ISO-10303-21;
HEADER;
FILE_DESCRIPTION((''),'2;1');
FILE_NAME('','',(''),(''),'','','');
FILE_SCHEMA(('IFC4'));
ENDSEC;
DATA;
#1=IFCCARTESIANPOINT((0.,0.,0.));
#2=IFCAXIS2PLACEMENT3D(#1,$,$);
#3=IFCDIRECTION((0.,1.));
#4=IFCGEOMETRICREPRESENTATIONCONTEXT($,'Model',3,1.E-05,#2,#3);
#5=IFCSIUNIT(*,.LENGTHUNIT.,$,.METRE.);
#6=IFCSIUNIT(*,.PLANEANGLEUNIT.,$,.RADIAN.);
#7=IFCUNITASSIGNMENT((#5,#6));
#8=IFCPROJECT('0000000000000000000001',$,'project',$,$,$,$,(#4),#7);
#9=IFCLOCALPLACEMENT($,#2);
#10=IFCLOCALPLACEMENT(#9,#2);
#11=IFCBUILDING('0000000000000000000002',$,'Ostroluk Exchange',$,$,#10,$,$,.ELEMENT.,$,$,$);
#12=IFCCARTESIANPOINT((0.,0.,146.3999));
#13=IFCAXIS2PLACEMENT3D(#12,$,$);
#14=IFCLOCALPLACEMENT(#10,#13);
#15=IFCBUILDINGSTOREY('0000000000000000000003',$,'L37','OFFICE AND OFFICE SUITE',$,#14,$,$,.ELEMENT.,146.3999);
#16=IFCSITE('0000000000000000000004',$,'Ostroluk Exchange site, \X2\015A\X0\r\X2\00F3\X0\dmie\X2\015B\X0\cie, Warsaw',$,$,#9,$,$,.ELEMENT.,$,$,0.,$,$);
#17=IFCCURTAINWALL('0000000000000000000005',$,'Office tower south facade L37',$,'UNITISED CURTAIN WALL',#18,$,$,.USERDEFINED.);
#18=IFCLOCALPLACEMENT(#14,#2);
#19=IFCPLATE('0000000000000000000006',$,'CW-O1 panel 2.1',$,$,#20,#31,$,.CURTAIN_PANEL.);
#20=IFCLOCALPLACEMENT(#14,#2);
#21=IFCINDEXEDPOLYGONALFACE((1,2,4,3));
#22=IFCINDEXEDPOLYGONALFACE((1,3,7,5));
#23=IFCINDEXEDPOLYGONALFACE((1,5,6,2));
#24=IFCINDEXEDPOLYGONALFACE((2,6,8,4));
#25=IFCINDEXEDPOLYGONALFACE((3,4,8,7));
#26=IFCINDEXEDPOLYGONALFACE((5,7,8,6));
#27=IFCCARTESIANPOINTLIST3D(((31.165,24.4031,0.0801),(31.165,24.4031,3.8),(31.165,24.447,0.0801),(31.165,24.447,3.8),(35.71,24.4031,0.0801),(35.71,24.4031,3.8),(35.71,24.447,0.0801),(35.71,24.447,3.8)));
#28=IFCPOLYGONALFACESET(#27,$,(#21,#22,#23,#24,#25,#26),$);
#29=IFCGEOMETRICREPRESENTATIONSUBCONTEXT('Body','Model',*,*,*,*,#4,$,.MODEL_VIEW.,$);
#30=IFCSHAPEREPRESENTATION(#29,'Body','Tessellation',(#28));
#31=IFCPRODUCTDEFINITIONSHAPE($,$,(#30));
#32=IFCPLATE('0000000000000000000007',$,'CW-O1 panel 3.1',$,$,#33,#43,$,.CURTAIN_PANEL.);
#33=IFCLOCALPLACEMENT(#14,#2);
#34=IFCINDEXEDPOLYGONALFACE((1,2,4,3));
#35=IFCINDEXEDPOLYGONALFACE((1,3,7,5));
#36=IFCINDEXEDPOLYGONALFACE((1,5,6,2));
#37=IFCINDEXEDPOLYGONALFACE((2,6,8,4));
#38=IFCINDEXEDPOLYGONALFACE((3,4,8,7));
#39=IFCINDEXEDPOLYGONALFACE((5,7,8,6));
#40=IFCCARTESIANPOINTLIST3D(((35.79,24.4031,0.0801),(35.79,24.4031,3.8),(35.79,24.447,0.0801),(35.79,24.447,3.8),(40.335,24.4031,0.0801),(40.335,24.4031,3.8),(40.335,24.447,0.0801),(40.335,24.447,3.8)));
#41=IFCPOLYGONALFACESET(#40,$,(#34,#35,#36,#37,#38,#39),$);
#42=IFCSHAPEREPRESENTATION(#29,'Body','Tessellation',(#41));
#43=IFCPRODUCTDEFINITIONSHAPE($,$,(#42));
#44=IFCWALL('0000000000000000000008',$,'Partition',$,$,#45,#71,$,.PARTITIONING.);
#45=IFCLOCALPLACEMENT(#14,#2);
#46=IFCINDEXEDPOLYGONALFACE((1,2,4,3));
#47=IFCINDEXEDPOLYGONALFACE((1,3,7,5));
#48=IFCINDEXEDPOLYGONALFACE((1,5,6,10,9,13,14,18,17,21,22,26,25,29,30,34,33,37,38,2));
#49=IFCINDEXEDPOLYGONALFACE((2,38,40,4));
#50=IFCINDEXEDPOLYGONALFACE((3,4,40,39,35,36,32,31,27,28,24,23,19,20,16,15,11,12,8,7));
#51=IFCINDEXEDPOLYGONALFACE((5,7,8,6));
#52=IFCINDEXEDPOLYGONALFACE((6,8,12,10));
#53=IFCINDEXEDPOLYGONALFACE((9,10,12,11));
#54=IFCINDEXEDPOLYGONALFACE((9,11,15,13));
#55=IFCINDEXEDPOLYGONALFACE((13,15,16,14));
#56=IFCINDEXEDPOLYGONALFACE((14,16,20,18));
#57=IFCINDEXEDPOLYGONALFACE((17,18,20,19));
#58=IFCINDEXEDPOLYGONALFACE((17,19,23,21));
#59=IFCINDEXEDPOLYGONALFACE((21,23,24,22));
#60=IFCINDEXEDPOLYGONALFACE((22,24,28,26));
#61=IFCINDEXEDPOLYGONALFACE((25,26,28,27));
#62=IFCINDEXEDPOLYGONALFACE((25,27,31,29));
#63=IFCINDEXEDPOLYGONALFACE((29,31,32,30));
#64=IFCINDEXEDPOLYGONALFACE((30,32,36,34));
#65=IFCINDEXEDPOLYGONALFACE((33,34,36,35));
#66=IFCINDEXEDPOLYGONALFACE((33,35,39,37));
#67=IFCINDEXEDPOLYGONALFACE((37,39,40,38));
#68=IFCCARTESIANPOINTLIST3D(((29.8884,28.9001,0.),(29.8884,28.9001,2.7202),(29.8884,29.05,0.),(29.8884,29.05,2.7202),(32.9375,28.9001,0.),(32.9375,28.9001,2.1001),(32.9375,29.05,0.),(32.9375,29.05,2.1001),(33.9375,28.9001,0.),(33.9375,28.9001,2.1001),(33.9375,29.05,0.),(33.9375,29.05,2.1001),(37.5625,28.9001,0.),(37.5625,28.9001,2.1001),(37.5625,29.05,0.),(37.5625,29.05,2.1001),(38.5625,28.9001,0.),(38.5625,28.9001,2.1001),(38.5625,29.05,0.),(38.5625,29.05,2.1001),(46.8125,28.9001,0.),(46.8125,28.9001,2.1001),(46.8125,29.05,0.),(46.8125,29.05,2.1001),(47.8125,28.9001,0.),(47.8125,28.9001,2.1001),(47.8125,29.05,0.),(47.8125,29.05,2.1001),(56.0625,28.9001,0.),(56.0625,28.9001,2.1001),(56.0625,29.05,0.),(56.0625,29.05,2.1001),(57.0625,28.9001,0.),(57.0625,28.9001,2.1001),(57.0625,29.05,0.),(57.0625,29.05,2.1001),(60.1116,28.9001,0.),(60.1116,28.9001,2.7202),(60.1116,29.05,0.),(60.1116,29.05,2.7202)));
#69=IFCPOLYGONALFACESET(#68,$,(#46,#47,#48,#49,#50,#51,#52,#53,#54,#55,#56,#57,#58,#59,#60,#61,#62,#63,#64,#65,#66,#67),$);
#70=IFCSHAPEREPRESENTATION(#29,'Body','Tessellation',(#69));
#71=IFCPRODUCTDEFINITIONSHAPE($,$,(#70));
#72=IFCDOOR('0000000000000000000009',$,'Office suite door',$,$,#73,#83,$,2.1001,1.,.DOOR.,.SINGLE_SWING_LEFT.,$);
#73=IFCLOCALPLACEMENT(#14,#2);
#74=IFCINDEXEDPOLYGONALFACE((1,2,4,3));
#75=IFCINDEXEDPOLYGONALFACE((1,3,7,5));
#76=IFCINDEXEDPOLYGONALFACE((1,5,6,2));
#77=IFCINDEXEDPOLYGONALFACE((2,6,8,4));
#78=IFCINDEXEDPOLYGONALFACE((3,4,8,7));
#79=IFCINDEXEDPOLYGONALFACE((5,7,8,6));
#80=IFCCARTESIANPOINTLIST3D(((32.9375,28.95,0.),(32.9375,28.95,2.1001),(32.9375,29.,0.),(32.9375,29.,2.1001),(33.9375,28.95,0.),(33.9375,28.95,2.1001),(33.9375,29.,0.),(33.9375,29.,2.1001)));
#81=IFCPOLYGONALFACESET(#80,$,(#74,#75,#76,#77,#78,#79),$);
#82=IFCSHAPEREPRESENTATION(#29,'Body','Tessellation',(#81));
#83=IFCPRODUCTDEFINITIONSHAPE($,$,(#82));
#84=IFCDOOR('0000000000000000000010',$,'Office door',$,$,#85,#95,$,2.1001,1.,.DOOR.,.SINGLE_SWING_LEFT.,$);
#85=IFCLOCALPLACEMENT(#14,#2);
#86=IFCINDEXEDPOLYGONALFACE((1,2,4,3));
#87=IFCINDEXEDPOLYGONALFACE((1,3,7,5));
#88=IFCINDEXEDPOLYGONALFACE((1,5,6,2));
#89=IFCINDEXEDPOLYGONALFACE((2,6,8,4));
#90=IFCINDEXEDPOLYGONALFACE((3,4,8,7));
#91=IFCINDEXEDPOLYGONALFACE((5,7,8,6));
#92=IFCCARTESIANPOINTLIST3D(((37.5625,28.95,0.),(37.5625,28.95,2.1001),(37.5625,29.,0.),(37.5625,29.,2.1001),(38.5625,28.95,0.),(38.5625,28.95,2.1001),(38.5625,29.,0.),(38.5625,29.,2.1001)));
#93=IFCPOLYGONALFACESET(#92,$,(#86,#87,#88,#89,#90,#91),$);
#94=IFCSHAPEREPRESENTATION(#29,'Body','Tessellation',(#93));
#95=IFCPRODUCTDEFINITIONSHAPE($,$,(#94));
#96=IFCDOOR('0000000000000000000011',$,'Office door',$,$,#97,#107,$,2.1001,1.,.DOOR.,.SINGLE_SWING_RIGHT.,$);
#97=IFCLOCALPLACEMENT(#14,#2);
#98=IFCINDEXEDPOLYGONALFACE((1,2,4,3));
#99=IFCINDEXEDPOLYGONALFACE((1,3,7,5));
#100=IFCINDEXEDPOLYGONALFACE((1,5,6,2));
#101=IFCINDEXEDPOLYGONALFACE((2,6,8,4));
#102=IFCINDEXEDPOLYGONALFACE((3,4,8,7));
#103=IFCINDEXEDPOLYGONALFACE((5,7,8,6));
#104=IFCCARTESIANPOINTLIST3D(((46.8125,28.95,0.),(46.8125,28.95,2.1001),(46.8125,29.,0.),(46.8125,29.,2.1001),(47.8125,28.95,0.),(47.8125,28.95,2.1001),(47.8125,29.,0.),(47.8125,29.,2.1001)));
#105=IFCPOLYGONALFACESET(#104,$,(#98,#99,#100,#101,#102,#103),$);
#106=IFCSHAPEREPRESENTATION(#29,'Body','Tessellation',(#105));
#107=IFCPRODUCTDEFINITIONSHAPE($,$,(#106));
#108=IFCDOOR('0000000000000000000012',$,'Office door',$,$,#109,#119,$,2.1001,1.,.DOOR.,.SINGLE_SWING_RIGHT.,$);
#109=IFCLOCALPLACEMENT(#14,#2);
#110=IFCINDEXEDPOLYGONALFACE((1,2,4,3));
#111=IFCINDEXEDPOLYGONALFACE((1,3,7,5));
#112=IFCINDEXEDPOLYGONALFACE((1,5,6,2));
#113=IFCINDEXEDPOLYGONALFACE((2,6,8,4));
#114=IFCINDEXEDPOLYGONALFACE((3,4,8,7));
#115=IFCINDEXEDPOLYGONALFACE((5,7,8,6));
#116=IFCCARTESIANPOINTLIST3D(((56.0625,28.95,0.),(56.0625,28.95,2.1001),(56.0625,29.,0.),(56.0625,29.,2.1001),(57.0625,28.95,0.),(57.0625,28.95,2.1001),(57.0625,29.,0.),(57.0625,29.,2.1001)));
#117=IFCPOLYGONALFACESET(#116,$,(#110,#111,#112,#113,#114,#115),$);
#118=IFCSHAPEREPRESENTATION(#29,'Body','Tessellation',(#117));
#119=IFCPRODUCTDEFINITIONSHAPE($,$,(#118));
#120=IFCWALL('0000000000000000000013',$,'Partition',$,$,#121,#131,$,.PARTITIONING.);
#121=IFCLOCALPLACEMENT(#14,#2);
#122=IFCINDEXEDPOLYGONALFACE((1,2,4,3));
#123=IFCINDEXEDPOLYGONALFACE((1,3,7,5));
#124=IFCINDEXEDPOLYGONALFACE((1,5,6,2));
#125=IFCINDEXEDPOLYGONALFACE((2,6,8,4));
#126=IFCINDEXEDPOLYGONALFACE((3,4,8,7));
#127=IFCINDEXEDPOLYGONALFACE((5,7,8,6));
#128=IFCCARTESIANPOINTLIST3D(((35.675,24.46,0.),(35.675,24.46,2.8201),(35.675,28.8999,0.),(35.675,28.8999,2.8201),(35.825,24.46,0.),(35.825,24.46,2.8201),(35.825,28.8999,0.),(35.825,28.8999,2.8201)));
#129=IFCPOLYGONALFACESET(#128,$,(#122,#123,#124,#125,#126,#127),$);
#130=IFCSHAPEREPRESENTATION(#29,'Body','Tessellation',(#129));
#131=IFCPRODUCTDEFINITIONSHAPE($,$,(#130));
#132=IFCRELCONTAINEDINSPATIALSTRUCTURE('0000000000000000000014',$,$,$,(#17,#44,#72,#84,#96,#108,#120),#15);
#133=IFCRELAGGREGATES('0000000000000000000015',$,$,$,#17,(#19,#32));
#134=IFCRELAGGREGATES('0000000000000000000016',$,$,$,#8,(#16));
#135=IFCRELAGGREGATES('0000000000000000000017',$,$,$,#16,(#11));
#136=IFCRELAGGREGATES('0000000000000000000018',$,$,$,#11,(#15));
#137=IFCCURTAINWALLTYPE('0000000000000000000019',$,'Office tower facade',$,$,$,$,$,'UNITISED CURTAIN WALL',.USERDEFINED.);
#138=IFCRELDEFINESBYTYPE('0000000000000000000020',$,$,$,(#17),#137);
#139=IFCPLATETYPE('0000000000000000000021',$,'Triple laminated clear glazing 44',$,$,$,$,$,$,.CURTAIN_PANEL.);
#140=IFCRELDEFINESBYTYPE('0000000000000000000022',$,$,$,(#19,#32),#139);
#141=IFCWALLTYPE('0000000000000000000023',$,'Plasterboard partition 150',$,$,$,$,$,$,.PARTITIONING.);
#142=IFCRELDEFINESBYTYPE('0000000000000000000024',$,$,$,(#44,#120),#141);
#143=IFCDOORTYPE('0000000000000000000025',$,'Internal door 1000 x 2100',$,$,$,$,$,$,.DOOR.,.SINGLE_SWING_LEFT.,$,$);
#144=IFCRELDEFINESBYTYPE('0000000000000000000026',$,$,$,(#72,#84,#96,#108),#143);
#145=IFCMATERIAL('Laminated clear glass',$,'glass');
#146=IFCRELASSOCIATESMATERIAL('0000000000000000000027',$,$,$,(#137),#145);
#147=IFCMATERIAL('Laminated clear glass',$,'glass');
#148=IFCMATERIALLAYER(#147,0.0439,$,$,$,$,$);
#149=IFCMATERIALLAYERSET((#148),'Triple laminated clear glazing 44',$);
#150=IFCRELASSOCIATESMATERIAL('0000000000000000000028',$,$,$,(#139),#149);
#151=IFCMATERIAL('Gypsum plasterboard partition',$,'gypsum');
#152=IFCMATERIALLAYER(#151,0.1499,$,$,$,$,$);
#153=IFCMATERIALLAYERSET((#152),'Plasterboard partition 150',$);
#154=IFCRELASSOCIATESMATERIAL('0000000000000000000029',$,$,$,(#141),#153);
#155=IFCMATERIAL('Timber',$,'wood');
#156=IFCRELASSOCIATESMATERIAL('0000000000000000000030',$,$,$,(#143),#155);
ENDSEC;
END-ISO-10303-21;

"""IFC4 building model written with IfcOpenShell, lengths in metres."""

from ifc_helpers import new_model, si_unit, direction, frame, frame_2d, origin, origin_2d, place, context, subcontext, project, spatial, rectangle, extrude, material, layer, layer_set, type_object, element, fill, aggregate, save


model = new_model("IFC4")

# Units and contexts
model_context = context("Model", 3, precision=1e-05, world=origin(), true_north=direction((0.0, 1.0)))
body_context = subcontext(model_context, "Body", "Model", "MODEL_VIEW")
ifc_project = project(units=[si_unit("LENGTHUNIT", "METRE"), si_unit("PLANEANGLEUNIT", "RADIAN")], contexts=[model_context])

# Site, building, storey
site_placement = place(None, origin())
site = spatial("IfcSite", under=ifc_project, at=site_placement, Name="Ostroluk Exchange site, Śródmieście, Warsaw", CompositionType="ELEMENT", RefElevation=0.0)
building_placement = place(site_placement, origin())
building = spatial("IfcBuilding", under=site, at=building_placement, Name="Ostroluk Exchange", CompositionType="ELEMENT")
storey_placement = place(building_placement, frame((0.0, 0.0, 146.3999)))
storey = spatial("IfcBuildingStorey", under=building, at=storey_placement, Name="L37", Description="OFFICE AND OFFICE SUITE", CompositionType="ELEMENT", Elevation=146.3999)

# Curtain wall, plates
ifc_material_1 = material(Name="Laminated clear glass", Category="glass")
curtain_wall_type = type_object("IfcCurtainWallType", Name="Office tower facade", ElementType="UNITISED CURTAIN WALL", PredefinedType="USERDEFINED", material=ifc_material_1)
curtain_wall_placement = place(storey_placement, origin())
curtain_wall = element("IfcCurtainWall", 1, at=curtain_wall_placement, inside=storey, type_object=curtain_wall_type, Name="Office tower south facade L37", ObjectType="UNITISED CURTAIN WALL", PredefinedType="USERDEFINED")
ifc_material_2 = material(Name="Laminated clear glass", Category="glass")
ifc_layer_1 = layer(ifc_material_2, 0.0439)
ifc_layer_set_1 = layer_set([ifc_layer_1], Name="Triple laminated clear glazing 44")
plate_type = type_object("IfcPlateType", Name="Triple laminated clear glazing 44", PredefinedType="CURTAIN_PANEL", material=ifc_layer_set_1)
plate_1_placement = place(storey_placement, frame((33.4375, 24.425, 0.0801), z_axis=(0.0, 0.0, 1.0), x_axis=(1.0, 0.0, 0.0)))
plate_1 = element("IfcPlate", 2, at=plate_1_placement, type_object=plate_type, Name="CW-O1 panel 2.1", PredefinedType="CURTAIN_PANEL", context=body_context, shape_type="SweptSolid", body=[
    extrude(rectangle(XDim=4.5449, YDim=0.0439, at=origin_2d()), origin(), (0.0, 0.0, 1.0), 3.72),
])
plate_2_placement = place(storey_placement, frame((38.0625, 24.425, 0.0801), z_axis=(0.0, 0.0, 1.0), x_axis=(1.0, 0.0, 0.0)))
plate_2 = element("IfcPlate", 3, at=plate_2_placement, type_object=plate_type, Name="CW-O1 panel 3.1", PredefinedType="CURTAIN_PANEL", context=body_context, shape_type="SweptSolid", body=[
    extrude(rectangle(XDim=4.5449, YDim=0.0439, at=origin_2d()), origin(), (0.0, 0.0, 1.0), 3.72),
])
aggregate(curtain_wall, [plate_1, plate_2])

# Wall, openings, doors
ifc_material_3 = material(Name="Gypsum plasterboard partition", Category="gypsum")
ifc_layer_2 = layer(ifc_material_3, 0.1499)
ifc_layer_set_2 = layer_set([ifc_layer_2], Name="Plasterboard partition 150")
wall_type = type_object("IfcWallType", Name="Plasterboard partition 150", PredefinedType="PARTITIONING", material=ifc_layer_set_2)
wall_1_placement = place(storey_placement, frame((29.8884, 28.9751, 0.0), z_axis=(0.0, 0.0, 1.0), x_axis=(1.0, 0.0, 0.0)))
wall_1 = element("IfcWall", 4, at=wall_1_placement, inside=storey, type_object=wall_type, Name="Partition", PredefinedType="PARTITIONING", context=body_context, shape_type="SweptSolid", body=[
    extrude(rectangle(XDim=30.2231, YDim=0.1499, at=frame_2d((15.1116, 0.0))), origin(), (0.0, 0.0, 1.0), 2.7202),
])
opening_1_placement = place(wall_1_placement, frame((3.0491, 0.0, 0.0)))
opening_1 = element("IfcOpeningElement", 5, at=opening_1_placement, cuts=wall_1, PredefinedType="OPENING", context=body_context, shape_type="SweptSolid", body=[
    extrude(rectangle(XDim=1.0, YDim=2.1001, at=frame_2d((0.5, 1.05))), frame((0.0, 0.085, 0.0), z_axis=(0.0, -1.0, 0.0), x_axis=(1.0, 0.0, 0.0)), (0.0, 0.0, 1.0), 0.1699),
])
opening_2_placement = place(wall_1_placement, frame((7.6741, 0.0, 0.0)))
opening_2 = element("IfcOpeningElement", 6, at=opening_2_placement, cuts=wall_1, PredefinedType="OPENING", context=body_context, shape_type="SweptSolid", body=[
    extrude(rectangle(XDim=1.0, YDim=2.1001, at=frame_2d((0.5, 1.05))), frame((0.0, 0.085, 0.0), z_axis=(0.0, -1.0, 0.0), x_axis=(1.0, 0.0, 0.0)), (0.0, 0.0, 1.0), 0.1699),
])
opening_3_placement = place(wall_1_placement, frame((16.9241, 0.0, 0.0)))
opening_3 = element("IfcOpeningElement", 7, at=opening_3_placement, cuts=wall_1, PredefinedType="OPENING", context=body_context, shape_type="SweptSolid", body=[
    extrude(rectangle(XDim=1.0, YDim=2.1001, at=frame_2d((0.5, 1.05))), frame((0.0, 0.085, 0.0), z_axis=(0.0, -1.0, 0.0), x_axis=(1.0, 0.0, 0.0)), (0.0, 0.0, 1.0), 0.1699),
])
opening_4_placement = place(wall_1_placement, frame((26.1741, 0.0, 0.0)))
opening_4 = element("IfcOpeningElement", 8, at=opening_4_placement, cuts=wall_1, PredefinedType="OPENING", context=body_context, shape_type="SweptSolid", body=[
    extrude(rectangle(XDim=1.0, YDim=2.1001, at=frame_2d((0.5, 1.05))), frame((0.0, 0.085, 0.0), z_axis=(0.0, -1.0, 0.0), x_axis=(1.0, 0.0, 0.0)), (0.0, 0.0, 1.0), 0.1699),
])
ifc_material_4 = material(Name="Timber", Category="wood")
door_type = type_object("IfcDoorType", Name="Internal door 1000 x 2100", OperationType="SINGLE_SWING_LEFT", PredefinedType="DOOR", material=ifc_material_4)
door_1_placement = place(opening_1_placement, origin())
door_1 = element("IfcDoor", 9, at=door_1_placement, inside=storey, type_object=door_type, Name="Office suite door", OperationType="SINGLE_SWING_LEFT", OverallHeight=2.1001, OverallWidth=1.0, PredefinedType="DOOR", context=body_context, shape_type="SweptSolid", body=[
    extrude(rectangle(XDim=1.0, YDim=2.1001, at=frame_2d((0.5, 1.05))), frame((0.0, 0.0249, 0.0), z_axis=(0.0, -1.0, 0.0), x_axis=(1.0, 0.0, 0.0)), (0.0, 0.0, 1.0), 0.05),
])
fill(opening_1, door_1)
door_2_placement = place(opening_2_placement, origin())
door_2 = element("IfcDoor", 10, at=door_2_placement, inside=storey, type_object=door_type, Name="Office door", OperationType="SINGLE_SWING_LEFT", OverallHeight=2.1001, OverallWidth=1.0, PredefinedType="DOOR", context=body_context, shape_type="SweptSolid", body=[
    extrude(rectangle(XDim=1.0, YDim=2.1001, at=frame_2d((0.5, 1.05))), frame((0.0, 0.0249, 0.0), z_axis=(0.0, -1.0, 0.0), x_axis=(1.0, 0.0, 0.0)), (0.0, 0.0, 1.0), 0.05),
])
fill(opening_2, door_2)
door_3_placement = place(opening_3_placement, origin())
door_3 = element("IfcDoor", 11, at=door_3_placement, inside=storey, type_object=door_type, Name="Office door", OperationType="SINGLE_SWING_RIGHT", OverallHeight=2.1001, OverallWidth=1.0, PredefinedType="DOOR", context=body_context, shape_type="SweptSolid", body=[
    extrude(rectangle(XDim=1.0, YDim=2.1001, at=frame_2d((0.5, 1.05))), frame((0.0, 0.0249, 0.0), z_axis=(0.0, -1.0, 0.0), x_axis=(1.0, 0.0, 0.0)), (0.0, 0.0, 1.0), 0.05),
])
fill(opening_3, door_3)
door_4_placement = place(opening_4_placement, origin())
door_4 = element("IfcDoor", 12, at=door_4_placement, inside=storey, type_object=door_type, Name="Office door", OperationType="SINGLE_SWING_RIGHT", OverallHeight=2.1001, OverallWidth=1.0, PredefinedType="DOOR", context=body_context, shape_type="SweptSolid", body=[
    extrude(rectangle(XDim=1.0, YDim=2.1001, at=frame_2d((0.5, 1.05))), frame((0.0, 0.0249, 0.0), z_axis=(0.0, -1.0, 0.0), x_axis=(1.0, 0.0, 0.0)), (0.0, 0.0, 1.0), 0.05),
])
fill(opening_4, door_4)

# Wall
wall_2_placement = place(storey_placement, frame((35.75, 28.8999, 0.0), z_axis=(0.0, 0.0, 1.0), x_axis=(0.0, -1.0, 0.0)))
element("IfcWall", 13, at=wall_2_placement, inside=storey, type_object=wall_type, Name="Partition", PredefinedType="PARTITIONING", context=body_context, shape_type="SweptSolid", body=[
    extrude(rectangle(XDim=4.4399, YDim=0.1499, at=frame_2d((2.22, 0.0))), origin(), (0.0, 0.0, 1.0), 2.8201),
])

save(model, "model.ifc")
